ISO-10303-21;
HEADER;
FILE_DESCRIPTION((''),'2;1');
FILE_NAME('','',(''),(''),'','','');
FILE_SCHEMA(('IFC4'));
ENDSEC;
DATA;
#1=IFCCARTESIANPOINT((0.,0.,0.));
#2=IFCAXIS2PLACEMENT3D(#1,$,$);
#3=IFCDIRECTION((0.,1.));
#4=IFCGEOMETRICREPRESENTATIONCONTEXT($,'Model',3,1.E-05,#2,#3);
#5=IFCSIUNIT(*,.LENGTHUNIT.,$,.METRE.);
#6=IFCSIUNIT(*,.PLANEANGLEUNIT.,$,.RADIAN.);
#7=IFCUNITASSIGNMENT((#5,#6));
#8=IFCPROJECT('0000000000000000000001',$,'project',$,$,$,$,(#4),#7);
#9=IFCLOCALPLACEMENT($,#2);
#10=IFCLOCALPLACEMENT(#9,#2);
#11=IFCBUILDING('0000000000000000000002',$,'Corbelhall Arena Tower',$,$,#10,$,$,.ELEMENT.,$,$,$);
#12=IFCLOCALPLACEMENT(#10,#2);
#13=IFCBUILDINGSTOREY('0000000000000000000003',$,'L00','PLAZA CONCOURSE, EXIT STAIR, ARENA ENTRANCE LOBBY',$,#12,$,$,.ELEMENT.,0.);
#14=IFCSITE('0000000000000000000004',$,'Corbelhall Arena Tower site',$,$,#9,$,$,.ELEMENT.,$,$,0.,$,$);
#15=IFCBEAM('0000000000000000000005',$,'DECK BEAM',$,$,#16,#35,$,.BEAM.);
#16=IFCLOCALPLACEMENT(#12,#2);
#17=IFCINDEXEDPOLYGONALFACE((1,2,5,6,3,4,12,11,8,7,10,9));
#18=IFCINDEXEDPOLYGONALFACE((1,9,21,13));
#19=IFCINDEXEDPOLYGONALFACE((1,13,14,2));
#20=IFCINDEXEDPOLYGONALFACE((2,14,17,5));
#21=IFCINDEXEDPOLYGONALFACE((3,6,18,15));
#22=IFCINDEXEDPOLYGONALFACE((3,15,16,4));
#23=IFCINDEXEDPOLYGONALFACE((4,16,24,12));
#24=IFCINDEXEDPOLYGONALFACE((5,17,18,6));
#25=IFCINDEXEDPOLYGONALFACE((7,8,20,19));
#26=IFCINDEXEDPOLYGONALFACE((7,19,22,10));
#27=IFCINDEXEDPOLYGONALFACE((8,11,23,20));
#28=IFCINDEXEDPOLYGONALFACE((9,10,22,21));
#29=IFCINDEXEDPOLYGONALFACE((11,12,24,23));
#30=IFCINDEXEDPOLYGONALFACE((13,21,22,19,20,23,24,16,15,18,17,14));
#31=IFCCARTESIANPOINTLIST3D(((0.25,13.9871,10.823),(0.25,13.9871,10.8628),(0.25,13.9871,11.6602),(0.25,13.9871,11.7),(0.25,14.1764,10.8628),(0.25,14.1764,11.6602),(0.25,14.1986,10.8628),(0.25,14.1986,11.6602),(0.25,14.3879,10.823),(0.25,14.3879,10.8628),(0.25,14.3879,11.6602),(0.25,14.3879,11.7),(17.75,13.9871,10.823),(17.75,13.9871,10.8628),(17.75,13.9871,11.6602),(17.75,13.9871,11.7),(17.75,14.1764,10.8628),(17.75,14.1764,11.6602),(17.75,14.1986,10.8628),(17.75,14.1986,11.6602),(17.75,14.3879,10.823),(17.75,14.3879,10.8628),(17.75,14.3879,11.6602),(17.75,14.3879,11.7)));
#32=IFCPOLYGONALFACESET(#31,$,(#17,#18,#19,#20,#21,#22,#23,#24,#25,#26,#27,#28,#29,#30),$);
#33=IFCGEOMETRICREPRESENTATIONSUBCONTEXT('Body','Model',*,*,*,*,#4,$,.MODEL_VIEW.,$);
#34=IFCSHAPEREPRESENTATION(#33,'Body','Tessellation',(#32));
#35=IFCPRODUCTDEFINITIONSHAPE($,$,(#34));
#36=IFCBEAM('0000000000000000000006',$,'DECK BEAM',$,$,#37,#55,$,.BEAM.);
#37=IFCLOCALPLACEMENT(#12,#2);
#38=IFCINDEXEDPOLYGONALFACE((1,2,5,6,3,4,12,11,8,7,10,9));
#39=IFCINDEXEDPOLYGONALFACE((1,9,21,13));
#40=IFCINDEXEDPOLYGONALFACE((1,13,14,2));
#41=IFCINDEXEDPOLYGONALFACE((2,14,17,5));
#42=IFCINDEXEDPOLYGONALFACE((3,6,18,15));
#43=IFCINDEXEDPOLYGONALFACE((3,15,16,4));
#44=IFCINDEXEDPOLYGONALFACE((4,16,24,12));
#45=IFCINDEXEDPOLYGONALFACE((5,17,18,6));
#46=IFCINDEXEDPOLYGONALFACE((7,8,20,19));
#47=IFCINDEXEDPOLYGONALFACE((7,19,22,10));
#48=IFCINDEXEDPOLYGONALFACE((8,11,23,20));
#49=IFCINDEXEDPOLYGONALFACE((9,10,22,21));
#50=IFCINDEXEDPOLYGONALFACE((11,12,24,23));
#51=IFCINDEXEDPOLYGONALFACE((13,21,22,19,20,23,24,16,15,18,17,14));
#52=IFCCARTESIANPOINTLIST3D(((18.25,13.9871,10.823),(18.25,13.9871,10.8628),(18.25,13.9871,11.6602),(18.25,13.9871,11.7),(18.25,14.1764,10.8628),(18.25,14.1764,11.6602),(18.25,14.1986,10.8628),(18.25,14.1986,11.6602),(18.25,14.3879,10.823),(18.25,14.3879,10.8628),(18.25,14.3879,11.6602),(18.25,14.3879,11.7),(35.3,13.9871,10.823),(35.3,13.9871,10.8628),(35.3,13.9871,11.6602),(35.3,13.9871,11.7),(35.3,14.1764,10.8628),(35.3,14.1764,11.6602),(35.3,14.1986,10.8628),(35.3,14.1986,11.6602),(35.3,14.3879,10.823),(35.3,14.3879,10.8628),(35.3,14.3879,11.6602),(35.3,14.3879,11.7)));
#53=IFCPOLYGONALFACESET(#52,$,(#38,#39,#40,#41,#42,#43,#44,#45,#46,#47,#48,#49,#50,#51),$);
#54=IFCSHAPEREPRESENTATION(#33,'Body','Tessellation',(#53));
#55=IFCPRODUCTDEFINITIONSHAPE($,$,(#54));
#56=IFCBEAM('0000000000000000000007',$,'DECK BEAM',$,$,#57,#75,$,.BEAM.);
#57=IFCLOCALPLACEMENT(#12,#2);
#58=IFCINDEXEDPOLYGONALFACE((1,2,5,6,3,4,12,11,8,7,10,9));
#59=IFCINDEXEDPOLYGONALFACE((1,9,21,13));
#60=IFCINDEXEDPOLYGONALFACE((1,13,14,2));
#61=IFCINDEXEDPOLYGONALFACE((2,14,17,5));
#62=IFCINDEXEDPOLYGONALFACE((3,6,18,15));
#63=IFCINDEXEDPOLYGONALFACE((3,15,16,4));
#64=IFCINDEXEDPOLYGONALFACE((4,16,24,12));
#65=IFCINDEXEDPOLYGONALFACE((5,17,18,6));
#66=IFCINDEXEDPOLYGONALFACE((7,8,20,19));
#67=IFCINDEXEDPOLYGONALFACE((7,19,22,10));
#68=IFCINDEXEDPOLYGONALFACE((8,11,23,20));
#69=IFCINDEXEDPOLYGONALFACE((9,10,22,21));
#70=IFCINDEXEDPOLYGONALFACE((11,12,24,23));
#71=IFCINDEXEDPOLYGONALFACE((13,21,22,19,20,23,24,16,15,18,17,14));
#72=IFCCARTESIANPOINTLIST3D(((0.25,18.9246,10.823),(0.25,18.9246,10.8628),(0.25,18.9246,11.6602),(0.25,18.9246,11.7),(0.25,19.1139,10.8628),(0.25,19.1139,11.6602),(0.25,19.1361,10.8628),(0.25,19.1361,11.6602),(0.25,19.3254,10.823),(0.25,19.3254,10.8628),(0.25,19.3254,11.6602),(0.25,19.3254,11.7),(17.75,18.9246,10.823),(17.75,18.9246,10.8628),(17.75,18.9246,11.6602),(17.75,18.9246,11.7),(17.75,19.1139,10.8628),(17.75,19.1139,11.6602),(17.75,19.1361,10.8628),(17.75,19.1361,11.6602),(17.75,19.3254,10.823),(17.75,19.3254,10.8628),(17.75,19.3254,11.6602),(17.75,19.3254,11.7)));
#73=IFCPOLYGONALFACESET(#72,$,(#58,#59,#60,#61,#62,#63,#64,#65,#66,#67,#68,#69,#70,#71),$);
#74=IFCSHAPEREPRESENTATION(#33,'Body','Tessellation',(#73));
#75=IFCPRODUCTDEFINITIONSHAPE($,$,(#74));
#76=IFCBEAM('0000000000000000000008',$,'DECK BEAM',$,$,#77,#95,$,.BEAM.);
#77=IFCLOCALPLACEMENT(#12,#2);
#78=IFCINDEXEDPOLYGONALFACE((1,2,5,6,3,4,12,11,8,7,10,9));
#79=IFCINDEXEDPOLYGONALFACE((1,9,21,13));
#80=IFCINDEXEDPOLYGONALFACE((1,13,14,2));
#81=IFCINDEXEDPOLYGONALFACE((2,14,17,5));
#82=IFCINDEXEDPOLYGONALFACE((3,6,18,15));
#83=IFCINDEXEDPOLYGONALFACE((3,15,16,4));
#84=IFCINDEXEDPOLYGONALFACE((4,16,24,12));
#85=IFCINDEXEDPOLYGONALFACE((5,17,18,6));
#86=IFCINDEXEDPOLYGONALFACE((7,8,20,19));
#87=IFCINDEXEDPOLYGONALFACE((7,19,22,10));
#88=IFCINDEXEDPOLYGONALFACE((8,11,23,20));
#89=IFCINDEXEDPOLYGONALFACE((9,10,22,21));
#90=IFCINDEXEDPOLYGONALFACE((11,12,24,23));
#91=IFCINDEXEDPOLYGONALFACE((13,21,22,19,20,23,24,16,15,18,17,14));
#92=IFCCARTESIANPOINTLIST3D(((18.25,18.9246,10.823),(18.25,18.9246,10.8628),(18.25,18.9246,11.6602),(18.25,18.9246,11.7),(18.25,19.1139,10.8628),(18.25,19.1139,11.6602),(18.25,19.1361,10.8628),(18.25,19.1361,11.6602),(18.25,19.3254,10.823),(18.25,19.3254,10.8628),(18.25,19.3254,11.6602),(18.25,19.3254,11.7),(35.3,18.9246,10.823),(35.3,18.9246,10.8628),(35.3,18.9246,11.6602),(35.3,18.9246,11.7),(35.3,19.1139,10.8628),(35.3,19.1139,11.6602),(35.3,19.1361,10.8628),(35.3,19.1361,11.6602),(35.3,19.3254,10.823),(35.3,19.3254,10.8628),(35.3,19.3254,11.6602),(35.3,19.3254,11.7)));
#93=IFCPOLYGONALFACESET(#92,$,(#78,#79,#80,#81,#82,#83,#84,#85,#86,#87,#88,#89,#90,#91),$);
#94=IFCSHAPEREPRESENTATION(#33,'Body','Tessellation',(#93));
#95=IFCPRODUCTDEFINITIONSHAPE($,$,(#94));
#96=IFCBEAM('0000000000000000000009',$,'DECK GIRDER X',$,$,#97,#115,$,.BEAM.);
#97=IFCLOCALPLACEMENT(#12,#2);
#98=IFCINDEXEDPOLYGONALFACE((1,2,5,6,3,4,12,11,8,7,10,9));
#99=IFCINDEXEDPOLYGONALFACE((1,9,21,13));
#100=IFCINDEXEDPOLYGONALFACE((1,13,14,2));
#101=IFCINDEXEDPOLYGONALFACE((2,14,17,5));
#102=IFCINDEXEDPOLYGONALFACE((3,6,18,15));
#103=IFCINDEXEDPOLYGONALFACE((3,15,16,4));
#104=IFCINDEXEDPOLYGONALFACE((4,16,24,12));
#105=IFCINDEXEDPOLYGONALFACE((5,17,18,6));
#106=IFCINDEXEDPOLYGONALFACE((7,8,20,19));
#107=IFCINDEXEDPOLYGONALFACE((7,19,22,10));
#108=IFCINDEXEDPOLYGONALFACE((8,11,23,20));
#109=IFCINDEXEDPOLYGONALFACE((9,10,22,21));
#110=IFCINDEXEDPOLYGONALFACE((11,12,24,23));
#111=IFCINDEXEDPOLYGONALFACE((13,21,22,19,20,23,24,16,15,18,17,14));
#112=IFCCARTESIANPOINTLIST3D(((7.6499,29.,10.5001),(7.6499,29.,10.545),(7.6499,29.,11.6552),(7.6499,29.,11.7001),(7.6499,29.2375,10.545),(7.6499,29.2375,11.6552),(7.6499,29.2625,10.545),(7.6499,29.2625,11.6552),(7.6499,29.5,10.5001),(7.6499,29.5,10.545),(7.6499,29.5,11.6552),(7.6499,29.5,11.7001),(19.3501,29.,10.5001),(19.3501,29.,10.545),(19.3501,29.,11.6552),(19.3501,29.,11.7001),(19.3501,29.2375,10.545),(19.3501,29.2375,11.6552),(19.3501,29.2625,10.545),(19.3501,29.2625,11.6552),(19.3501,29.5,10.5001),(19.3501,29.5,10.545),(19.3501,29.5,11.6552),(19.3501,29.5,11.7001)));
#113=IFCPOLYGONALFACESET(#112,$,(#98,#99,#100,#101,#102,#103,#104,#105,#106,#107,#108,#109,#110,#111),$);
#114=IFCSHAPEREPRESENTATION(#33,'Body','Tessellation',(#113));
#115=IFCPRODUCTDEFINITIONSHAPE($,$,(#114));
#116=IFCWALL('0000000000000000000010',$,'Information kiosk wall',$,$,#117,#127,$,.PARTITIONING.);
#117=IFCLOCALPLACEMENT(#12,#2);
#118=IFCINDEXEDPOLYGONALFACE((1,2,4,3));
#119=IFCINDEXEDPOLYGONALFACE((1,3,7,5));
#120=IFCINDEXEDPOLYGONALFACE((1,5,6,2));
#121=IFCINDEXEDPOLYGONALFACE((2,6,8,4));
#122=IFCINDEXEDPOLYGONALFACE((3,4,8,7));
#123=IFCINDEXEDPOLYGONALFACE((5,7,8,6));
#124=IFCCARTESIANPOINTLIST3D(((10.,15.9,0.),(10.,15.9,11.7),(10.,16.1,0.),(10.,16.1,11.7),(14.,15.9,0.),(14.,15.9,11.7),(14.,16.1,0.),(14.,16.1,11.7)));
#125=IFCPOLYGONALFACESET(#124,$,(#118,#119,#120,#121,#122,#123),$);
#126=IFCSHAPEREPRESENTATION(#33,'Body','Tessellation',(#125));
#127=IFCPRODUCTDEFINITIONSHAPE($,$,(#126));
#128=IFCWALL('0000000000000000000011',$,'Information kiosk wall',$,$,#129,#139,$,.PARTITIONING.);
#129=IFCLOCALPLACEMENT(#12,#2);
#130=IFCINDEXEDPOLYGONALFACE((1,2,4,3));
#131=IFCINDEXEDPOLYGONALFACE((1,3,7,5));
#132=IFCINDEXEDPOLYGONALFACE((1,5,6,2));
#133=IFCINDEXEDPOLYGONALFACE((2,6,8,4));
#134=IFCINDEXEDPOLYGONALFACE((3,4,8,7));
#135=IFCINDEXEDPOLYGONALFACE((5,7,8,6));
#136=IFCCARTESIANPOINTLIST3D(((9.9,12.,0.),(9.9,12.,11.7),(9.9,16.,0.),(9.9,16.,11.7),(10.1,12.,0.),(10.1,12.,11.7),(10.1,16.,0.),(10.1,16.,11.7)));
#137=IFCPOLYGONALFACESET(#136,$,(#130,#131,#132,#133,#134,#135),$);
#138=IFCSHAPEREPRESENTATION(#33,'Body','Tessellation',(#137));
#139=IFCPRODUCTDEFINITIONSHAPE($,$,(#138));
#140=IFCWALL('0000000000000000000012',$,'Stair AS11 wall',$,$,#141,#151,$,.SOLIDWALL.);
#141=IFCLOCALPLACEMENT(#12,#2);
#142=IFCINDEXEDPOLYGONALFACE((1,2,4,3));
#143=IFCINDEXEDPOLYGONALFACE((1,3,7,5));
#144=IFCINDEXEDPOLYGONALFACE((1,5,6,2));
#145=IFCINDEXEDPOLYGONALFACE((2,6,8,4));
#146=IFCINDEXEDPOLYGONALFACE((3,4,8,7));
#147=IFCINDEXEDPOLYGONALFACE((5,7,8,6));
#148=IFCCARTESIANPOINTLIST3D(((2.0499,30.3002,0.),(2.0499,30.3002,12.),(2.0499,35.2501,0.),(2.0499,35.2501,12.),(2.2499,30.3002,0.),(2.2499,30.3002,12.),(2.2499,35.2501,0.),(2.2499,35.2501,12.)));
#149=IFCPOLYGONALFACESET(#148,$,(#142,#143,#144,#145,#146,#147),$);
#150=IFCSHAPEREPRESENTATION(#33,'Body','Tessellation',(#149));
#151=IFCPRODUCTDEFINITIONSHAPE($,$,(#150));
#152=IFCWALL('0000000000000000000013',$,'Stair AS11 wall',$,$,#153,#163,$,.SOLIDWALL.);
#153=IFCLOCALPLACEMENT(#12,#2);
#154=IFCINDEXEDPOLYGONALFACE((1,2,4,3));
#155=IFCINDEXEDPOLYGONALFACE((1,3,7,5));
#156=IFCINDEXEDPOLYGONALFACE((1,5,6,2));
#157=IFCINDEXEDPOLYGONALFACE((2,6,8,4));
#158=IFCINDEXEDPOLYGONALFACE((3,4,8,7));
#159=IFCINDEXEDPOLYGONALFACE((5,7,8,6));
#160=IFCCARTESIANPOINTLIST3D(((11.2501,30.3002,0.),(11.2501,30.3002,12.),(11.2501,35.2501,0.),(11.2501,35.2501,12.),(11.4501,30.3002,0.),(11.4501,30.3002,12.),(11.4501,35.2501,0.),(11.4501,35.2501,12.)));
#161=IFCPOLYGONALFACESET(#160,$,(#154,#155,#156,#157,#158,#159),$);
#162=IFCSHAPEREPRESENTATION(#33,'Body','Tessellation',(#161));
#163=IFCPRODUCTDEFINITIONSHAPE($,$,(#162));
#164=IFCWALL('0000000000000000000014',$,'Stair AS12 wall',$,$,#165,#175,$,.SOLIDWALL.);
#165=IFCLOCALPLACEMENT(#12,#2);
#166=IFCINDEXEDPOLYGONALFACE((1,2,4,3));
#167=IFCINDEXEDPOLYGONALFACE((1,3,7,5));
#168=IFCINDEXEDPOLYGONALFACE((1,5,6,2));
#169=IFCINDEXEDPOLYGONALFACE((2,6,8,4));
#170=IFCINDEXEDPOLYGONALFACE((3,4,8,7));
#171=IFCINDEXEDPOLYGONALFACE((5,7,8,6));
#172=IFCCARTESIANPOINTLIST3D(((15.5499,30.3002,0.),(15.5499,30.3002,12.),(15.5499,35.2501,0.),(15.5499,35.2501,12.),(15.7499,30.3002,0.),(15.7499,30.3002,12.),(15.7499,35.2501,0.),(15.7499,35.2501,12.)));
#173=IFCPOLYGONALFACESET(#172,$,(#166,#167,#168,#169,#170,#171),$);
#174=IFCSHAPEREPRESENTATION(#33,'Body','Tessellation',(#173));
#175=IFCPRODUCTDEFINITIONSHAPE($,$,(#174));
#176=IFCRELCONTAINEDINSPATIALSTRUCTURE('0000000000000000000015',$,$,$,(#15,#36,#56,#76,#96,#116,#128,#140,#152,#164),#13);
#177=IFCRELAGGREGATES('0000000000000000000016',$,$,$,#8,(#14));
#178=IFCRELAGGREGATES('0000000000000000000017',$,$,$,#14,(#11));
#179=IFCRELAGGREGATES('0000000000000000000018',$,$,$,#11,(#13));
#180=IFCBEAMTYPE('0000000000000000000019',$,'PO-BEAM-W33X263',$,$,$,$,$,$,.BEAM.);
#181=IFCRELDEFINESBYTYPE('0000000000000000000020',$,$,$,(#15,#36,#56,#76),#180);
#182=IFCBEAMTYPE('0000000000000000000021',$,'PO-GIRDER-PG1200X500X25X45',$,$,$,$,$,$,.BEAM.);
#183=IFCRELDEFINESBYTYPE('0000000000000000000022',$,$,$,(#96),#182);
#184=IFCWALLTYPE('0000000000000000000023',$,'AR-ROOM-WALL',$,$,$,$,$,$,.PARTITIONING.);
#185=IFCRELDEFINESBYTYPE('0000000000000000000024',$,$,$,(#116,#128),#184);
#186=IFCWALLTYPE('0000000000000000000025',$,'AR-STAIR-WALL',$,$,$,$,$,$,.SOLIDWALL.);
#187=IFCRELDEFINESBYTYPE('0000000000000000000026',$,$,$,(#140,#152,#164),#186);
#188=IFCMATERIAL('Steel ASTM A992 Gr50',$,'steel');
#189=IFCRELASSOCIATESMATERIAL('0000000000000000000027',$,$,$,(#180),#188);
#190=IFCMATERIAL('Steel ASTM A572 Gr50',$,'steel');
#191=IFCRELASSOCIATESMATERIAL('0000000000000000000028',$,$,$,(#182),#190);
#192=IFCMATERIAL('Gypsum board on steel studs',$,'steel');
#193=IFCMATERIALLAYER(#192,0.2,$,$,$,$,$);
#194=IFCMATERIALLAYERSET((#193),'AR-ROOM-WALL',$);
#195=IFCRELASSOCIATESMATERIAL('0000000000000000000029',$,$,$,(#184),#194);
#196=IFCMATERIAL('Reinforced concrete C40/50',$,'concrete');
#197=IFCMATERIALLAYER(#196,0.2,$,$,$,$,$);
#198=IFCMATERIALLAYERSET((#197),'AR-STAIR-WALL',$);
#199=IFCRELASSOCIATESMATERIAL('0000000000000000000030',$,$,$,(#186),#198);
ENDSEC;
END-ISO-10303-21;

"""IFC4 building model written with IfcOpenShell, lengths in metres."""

from ifc_helpers import new_model, si_unit, direction, frame, frame_2d, origin, origin_2d, place, context, subcontext, project, spatial, rectangle, i_section, extrude, material, layer, layer_set, material_profile, profile_set, type_object, element, save


model = new_model("IFC4")

# Units and contexts
model_context = context("Model", 3, precision=1e-05, world=origin(), true_north=direction((0.0, 1.0)))
body_context = subcontext(model_context, "Body", "Model", "MODEL_VIEW")
ifc_project = project(units=[si_unit("LENGTHUNIT", "METRE"), si_unit("PLANEANGLEUNIT", "RADIAN")], contexts=[model_context])

# Site, building, storey
site_placement = place(None, origin())
site = spatial("IfcSite", under=ifc_project, at=site_placement, Name="Corbelhall Arena Tower site", CompositionType="ELEMENT", RefElevation=0.0)
building_placement = place(site_placement, origin())
building = spatial("IfcBuilding", under=site, at=building_placement, Name="Corbelhall Arena Tower", CompositionType="ELEMENT")
storey_placement = place(building_placement, origin())
storey = spatial("IfcBuildingStorey", under=building, at=storey_placement, Name="L00", Description="PLAZA CONCOURSE, EXIT STAIR, ARENA ENTRANCE LOBBY", CompositionType="ELEMENT", Elevation=0.0)

# Beams
ifc_material_1 = material(Name="Steel ASTM A572 Gr50", Category="steel")
ifc_material_2 = material(Name="Steel ASTM A992 Gr50", Category="steel")
ifc_material_profile_1 = material_profile(ifc_material_2, i_section(OverallWidth=0.4009, OverallDepth=0.877, WebThickness=0.0222, FlangeThickness=0.0398, at=origin_2d()))
ifc_profile_set_1 = profile_set([ifc_material_profile_1], Name="Steel ASTM A992 Gr50")
beam_type_1 = type_object("IfcBeamType", Name="PO-BEAM-W33X263", PredefinedType="BEAM", material=ifc_profile_set_1)
beam_1_placement = place(storey_placement, frame((0.25, 14.1875, 11.2615), z_axis=(1.0, 0.0, 0.0), x_axis=(0.0, 1.0, 0.0)))
element("IfcBeam", 1, at=beam_1_placement, inside=storey, type_object=beam_type_1, Name="DECK BEAM", PredefinedType="BEAM", context=body_context, shape_type="SweptSolid", body=[
    extrude(i_section(OverallWidth=0.4009, OverallDepth=0.877, WebThickness=0.0222, FlangeThickness=0.0398, at=origin_2d()), origin(), (0.0, 0.0, 1.0), 17.5),
])
beam_2_placement = place(storey_placement, frame((18.25, 14.1875, 11.2615), z_axis=(1.0, 0.0, 0.0), x_axis=(0.0, 1.0, 0.0)))
element("IfcBeam", 2, at=beam_2_placement, inside=storey, type_object=beam_type_1, Name="DECK BEAM", PredefinedType="BEAM", context=body_context, shape_type="SweptSolid", body=[
    extrude(i_section(OverallWidth=0.4009, OverallDepth=0.877, WebThickness=0.0222, FlangeThickness=0.0398, at=origin_2d()), origin(), (0.0, 0.0, 1.0), 17.05),
])
beam_3_placement = place(storey_placement, frame((0.25, 19.125, 11.2615), z_axis=(1.0, 0.0, 0.0), x_axis=(0.0, 1.0, 0.0)))
element("IfcBeam", 3, at=beam_3_placement, inside=storey, type_object=beam_type_1, Name="DECK BEAM", PredefinedType="BEAM", context=body_context, shape_type="SweptSolid", body=[
    extrude(i_section(OverallWidth=0.4009, OverallDepth=0.877, WebThickness=0.0222, FlangeThickness=0.0398, at=origin_2d()), origin(), (0.0, 0.0, 1.0), 17.5),
])
beam_4_placement = place(storey_placement, frame((18.25, 19.125, 11.2615), z_axis=(1.0, 0.0, 0.0), x_axis=(0.0, 1.0, 0.0)))
element("IfcBeam", 4, at=beam_4_placement, inside=storey, type_object=beam_type_1, Name="DECK BEAM", PredefinedType="BEAM", context=body_context, shape_type="SweptSolid", body=[
    extrude(i_section(OverallWidth=0.4009, OverallDepth=0.877, WebThickness=0.0222, FlangeThickness=0.0398, at=origin_2d()), origin(), (0.0, 0.0, 1.0), 17.05),
])
ifc_material_profile_2 = material_profile(ifc_material_1, i_section(OverallWidth=0.5, OverallDepth=1.2, WebThickness=0.0249, FlangeThickness=0.0449, at=origin_2d()))
ifc_profile_set_2 = profile_set([ifc_material_profile_2], Name="Steel ASTM A572 Gr50")
beam_type_2 = type_object("IfcBeamType", Name="PO-GIRDER-PG1200X500X25X45", PredefinedType="BEAM", material=ifc_profile_set_2)
beam_5_placement = place(storey_placement, frame((7.6499, 29.25, 11.1001), z_axis=(1.0, 0.0, 0.0), x_axis=(0.0, 1.0, 0.0)))
element("IfcBeam", 5, at=beam_5_placement, inside=storey, type_object=beam_type_2, Name="DECK GIRDER X", PredefinedType="BEAM", context=body_context, shape_type="SweptSolid", body=[
    extrude(i_section(OverallWidth=0.5, OverallDepth=1.2, WebThickness=0.0249, FlangeThickness=0.0449, at=origin_2d()), origin(), (0.0, 0.0, 1.0), 11.7002),
])

# Walls
ifc_material_3 = material(Name="Gypsum board on steel studs", Category="steel")
ifc_layer_1 = layer(ifc_material_3, 0.2)
ifc_layer_set_1 = layer_set([ifc_layer_1], Name="AR-ROOM-WALL")
wall_type_1 = type_object("IfcWallType", Name="AR-ROOM-WALL", PredefinedType="PARTITIONING", material=ifc_layer_set_1)
for number, where, z_axis, x_axis, name in (
    (6, (14.0, 16.0, 0.0), (0.0, 0.0, 1.0), (-1.0, 0.0, 0.0), "Information kiosk wall"),
    (7, (10.0, 16.0, 0.0), (0.0, 0.0, 1.0), (0.0, -1.0, 0.0), "Information kiosk wall"),
):
    element("IfcWall", number, at=place(storey_placement, frame(where, z_axis=z_axis, x_axis=x_axis)), inside=storey, type_object=wall_type_1, Name=name, PredefinedType="PARTITIONING", context=body_context, shape_type="SweptSolid", body=[
        extrude(rectangle(XDim=4.0, YDim=0.2, at=frame_2d((2.0, 0.0))), origin(), (0.0, 0.0, 1.0), 11.7),
    ])

# Shared definitions
ifc_material_4 = material(Name="Reinforced concrete C40/50", Category="concrete")
ifc_layer_2 = layer(ifc_material_4, 0.2)
ifc_layer_set_2 = layer_set([ifc_layer_2], Name="AR-STAIR-WALL")
wall_type_2 = type_object("IfcWallType", Name="AR-STAIR-WALL", PredefinedType="SOLIDWALL", material=ifc_layer_set_2)

# Walls
for number, where, z_axis, x_axis, name in (
    (8, (2.1499, 30.3, 0.0), (0.0, 0.0, 1.0), (0.0, 1.0, 0.0), "Stair AS11 wall"),
    (9, (11.3501, 30.3, 0.0), (0.0, 0.0, 1.0), (0.0, 1.0, 0.0), "Stair AS11 wall"),
    (10, (15.6499, 30.3, 0.0), (0.0, 0.0, 1.0), (0.0, 1.0, 0.0), "Stair AS12 wall"),
):
    element("IfcWall", number, at=place(storey_placement, frame(where, z_axis=z_axis, x_axis=x_axis)), inside=storey, type_object=wall_type_2, Name=name, PredefinedType="SOLIDWALL", context=body_context, shape_type="SweptSolid", body=[
        extrude(rectangle(XDim=4.95, YDim=0.2, at=frame_2d((2.4751, 0.0))), origin(), (0.0, 0.0, 1.0), 12.0),
    ])

save(model, "model.ifc")
